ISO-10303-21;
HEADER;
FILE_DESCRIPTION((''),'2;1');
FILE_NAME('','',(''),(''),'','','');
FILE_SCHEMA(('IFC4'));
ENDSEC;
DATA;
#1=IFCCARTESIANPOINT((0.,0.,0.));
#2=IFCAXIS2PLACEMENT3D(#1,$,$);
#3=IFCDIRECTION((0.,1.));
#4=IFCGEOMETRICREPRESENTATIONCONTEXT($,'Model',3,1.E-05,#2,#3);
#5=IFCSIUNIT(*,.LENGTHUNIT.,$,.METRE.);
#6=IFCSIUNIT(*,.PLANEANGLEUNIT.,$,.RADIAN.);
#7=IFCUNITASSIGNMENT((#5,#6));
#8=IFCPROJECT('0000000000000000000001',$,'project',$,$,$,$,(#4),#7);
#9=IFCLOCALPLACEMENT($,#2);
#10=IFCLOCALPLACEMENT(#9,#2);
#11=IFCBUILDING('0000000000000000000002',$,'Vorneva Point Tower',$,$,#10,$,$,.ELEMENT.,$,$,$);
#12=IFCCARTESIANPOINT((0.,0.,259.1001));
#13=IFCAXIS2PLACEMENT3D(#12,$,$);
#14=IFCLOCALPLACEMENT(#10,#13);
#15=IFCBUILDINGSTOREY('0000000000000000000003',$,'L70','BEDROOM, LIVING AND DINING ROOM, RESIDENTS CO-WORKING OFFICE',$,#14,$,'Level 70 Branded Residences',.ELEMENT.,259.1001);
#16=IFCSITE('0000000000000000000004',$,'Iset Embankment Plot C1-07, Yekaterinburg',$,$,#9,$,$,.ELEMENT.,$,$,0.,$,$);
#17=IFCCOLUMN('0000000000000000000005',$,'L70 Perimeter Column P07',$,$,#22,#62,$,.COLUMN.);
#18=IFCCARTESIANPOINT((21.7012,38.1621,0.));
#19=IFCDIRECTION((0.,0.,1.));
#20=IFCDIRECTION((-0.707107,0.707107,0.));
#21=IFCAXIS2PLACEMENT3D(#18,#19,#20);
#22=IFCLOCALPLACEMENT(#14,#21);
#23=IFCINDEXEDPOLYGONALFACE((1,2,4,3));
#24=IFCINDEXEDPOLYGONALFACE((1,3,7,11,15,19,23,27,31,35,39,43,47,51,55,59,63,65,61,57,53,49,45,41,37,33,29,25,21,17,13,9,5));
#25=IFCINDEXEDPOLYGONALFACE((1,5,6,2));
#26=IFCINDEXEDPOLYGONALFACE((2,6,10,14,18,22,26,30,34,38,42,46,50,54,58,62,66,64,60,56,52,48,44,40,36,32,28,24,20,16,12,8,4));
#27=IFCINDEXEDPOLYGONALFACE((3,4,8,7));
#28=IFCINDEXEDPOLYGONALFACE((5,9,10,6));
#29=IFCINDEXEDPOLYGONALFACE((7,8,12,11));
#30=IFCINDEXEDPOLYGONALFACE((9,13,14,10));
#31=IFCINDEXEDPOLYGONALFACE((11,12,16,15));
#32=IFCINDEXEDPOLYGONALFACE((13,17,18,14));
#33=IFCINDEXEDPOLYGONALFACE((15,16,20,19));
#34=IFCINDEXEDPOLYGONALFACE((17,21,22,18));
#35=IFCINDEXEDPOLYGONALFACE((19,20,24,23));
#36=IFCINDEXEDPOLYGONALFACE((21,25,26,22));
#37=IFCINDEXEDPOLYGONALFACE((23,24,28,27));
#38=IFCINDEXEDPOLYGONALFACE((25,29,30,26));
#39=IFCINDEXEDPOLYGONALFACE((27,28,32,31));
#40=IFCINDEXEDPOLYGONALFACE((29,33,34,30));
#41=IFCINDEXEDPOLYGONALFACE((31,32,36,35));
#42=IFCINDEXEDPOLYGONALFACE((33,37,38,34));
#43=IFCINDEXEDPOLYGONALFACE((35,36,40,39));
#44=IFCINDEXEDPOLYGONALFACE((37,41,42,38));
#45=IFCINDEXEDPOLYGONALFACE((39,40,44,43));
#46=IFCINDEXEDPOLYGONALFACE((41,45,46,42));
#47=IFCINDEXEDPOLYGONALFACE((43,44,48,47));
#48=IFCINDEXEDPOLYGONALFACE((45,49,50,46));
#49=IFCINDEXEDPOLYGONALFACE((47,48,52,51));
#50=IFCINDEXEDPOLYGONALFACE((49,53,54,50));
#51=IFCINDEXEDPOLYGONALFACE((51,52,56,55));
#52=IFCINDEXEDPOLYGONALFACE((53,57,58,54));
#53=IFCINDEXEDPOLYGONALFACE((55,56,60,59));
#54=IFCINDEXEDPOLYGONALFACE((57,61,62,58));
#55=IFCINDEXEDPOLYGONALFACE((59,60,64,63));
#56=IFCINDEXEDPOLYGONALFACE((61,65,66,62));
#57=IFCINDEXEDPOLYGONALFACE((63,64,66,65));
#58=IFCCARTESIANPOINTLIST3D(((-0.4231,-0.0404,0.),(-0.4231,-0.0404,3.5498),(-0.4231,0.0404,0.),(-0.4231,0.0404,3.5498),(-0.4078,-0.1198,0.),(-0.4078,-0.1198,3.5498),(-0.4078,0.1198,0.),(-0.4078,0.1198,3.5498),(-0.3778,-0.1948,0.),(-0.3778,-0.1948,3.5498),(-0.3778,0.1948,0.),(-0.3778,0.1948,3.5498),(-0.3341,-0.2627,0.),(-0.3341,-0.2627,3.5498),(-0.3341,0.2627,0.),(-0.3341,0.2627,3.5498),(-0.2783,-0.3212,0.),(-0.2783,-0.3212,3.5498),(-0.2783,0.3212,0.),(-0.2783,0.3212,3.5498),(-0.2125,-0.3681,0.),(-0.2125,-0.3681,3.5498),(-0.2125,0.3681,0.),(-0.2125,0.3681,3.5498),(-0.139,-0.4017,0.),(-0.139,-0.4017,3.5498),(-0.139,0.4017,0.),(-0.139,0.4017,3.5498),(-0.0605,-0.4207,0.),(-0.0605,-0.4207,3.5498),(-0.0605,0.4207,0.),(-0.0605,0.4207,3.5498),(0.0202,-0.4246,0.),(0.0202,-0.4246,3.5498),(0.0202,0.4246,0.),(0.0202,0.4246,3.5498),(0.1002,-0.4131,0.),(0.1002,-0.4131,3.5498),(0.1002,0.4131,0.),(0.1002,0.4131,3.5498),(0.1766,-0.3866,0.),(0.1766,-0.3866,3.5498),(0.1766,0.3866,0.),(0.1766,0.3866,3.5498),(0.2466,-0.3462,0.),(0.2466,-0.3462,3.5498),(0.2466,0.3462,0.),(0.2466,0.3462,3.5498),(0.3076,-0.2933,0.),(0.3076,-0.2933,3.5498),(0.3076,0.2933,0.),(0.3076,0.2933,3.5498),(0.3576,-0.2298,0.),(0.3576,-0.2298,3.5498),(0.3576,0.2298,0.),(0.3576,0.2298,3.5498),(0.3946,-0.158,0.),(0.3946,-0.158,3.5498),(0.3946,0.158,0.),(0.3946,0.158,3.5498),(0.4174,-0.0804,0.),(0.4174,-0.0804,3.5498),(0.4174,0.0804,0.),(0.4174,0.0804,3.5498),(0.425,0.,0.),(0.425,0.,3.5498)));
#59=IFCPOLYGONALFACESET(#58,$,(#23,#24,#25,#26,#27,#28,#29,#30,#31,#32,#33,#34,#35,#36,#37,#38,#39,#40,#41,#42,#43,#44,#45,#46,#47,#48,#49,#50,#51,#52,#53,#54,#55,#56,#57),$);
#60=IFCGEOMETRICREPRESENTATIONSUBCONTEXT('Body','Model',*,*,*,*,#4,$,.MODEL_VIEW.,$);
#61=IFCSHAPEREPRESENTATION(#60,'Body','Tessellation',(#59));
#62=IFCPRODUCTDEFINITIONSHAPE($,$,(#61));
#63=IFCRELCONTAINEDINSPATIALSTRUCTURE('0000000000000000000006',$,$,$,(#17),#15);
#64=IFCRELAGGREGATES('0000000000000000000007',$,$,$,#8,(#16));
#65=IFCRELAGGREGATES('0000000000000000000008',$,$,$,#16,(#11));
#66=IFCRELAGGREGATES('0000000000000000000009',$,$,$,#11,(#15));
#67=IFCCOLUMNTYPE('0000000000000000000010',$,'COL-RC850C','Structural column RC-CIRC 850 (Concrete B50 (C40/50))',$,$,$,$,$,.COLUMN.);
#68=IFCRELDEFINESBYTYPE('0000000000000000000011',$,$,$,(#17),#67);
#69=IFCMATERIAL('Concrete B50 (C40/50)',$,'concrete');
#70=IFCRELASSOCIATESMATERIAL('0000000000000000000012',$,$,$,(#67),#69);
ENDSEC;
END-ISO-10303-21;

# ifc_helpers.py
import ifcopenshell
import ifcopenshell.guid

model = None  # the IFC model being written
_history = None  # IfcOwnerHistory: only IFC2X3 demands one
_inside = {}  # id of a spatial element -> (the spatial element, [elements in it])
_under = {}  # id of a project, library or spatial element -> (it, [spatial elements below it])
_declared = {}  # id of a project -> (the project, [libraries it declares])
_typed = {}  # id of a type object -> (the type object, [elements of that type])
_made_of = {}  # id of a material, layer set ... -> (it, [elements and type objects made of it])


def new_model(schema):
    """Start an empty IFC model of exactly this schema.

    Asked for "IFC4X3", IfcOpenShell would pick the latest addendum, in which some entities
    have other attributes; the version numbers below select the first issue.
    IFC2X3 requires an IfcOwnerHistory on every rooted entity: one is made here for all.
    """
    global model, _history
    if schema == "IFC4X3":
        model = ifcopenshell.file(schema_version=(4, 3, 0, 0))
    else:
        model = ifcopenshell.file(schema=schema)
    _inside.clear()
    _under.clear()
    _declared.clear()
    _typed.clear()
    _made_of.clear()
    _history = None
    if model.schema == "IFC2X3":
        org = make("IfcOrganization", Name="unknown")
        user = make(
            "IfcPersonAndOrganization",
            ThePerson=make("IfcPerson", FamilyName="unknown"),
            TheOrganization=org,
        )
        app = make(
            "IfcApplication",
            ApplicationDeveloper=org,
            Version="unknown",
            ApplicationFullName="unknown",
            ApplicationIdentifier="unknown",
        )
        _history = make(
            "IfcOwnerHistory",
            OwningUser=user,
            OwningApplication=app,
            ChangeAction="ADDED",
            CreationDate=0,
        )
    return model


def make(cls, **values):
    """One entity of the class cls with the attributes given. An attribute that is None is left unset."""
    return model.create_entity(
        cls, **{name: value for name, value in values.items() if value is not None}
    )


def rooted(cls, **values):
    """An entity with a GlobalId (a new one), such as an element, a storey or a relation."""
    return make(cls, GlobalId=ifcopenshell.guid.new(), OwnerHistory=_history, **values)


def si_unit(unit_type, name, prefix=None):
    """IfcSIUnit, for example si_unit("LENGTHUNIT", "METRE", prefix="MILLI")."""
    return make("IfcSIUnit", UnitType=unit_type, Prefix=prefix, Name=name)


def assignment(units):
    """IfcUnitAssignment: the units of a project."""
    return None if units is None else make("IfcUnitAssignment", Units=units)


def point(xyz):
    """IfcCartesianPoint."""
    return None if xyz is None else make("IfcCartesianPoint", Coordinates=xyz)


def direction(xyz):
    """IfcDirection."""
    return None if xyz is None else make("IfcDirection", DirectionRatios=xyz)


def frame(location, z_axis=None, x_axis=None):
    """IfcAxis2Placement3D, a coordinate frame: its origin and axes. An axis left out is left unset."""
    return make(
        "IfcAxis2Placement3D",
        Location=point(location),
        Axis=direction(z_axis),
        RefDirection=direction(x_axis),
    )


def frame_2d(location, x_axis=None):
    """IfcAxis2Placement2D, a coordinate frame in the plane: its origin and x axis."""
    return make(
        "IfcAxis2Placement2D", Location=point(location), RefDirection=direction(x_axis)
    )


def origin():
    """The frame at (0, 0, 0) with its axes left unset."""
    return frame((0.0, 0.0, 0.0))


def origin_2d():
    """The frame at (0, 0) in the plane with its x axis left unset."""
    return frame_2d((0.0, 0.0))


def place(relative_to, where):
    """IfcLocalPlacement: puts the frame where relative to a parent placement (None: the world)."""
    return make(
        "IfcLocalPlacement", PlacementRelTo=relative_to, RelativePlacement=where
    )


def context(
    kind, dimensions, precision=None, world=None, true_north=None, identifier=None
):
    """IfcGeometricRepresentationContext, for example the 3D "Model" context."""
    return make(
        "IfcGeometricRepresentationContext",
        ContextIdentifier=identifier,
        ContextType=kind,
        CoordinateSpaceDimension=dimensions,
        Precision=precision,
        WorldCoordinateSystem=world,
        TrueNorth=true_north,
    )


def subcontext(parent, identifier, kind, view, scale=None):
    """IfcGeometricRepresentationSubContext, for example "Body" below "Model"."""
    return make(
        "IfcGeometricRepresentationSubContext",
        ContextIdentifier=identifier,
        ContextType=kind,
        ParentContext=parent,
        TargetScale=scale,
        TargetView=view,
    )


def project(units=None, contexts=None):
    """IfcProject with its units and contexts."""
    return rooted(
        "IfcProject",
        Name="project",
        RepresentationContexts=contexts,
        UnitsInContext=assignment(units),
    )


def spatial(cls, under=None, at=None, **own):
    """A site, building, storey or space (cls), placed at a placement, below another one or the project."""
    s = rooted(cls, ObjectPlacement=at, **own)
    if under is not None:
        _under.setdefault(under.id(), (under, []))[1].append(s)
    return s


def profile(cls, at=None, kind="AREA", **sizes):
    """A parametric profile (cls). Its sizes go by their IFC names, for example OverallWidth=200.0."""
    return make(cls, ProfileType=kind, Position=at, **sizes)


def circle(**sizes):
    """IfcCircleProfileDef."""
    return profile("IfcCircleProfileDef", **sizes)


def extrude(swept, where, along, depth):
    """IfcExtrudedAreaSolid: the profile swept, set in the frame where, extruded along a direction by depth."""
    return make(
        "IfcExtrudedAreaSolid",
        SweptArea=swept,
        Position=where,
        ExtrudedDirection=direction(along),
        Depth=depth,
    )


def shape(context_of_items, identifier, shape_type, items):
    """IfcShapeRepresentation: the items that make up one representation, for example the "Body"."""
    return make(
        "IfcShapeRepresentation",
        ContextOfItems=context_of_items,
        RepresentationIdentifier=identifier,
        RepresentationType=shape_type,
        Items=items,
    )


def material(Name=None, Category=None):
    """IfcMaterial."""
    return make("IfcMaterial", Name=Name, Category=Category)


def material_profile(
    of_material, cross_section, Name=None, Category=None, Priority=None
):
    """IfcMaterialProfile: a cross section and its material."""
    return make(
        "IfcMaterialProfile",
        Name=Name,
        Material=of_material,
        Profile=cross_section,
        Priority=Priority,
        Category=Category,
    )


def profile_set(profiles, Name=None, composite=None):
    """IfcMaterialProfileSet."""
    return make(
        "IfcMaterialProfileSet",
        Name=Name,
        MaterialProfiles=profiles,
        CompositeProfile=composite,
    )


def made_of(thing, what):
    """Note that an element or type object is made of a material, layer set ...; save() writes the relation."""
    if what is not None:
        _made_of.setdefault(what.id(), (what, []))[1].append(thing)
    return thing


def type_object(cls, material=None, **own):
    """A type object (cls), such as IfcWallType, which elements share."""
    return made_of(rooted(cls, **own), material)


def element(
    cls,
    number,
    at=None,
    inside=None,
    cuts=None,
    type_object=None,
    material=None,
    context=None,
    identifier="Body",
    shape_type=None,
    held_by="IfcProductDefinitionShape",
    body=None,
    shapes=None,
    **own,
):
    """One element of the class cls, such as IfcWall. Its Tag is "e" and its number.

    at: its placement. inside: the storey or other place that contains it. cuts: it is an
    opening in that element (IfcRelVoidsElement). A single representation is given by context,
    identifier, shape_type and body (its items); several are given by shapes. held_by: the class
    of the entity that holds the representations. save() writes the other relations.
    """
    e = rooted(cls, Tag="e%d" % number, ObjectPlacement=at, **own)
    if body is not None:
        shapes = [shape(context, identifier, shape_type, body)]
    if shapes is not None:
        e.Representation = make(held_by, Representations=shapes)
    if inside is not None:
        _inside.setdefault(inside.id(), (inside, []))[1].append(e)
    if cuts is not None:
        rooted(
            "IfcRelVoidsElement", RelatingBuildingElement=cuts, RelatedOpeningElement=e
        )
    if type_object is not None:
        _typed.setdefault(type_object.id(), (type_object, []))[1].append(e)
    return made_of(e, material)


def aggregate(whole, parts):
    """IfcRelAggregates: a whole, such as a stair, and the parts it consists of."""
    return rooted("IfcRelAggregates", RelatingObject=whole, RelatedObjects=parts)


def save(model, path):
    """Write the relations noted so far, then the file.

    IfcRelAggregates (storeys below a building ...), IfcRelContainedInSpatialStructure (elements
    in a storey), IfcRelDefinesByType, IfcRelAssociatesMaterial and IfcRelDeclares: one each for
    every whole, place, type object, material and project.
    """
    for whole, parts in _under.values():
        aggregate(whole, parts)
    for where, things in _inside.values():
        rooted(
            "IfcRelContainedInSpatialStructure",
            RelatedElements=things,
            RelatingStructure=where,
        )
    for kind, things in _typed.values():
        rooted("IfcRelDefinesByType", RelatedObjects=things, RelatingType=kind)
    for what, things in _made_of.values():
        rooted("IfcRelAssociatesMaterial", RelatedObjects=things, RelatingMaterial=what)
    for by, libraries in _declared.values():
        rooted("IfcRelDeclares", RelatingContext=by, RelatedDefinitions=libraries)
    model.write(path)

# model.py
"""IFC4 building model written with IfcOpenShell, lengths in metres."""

from ifc_helpers import new_model, si_unit, direction, frame, origin, origin_2d, place, context, subcontext, project, spatial, circle, extrude, material, material_profile, profile_set, type_object, element, save


model = new_model("IFC4")

# Units and contexts
model_context = context("Model", 3, precision=1e-05, world=origin(), true_north=direction((0.0, 1.0)))
body_context = subcontext(model_context, "Body", "Model", "MODEL_VIEW")
ifc_project = project(units=[si_unit("LENGTHUNIT", "METRE"), si_unit("PLANEANGLEUNIT", "RADIAN")], contexts=[model_context])

# Site, building, storey
site_placement = place(None, origin())
site = spatial("IfcSite", under=ifc_project, at=site_placement, Name="Iset Embankment Plot C1-07, Yekaterinburg", CompositionType="ELEMENT", RefElevation=0.0)
building_placement = place(site_placement, origin())
building = spatial("IfcBuilding", under=site, at=building_placement, Name="Vorneva Point Tower", CompositionType="ELEMENT")
storey_placement = place(building_placement, frame((0.0, 0.0, 259.1001)))
storey = spatial("IfcBuildingStorey", under=building, at=storey_placement, Name="L70", Description="BEDROOM, LIVING AND DINING ROOM, RESIDENTS CO-WORKING OFFICE", LongName="Level 70 Branded Residences", CompositionType="ELEMENT", Elevation=259.1001)

# Column
ifc_material_1 = material(Name="Concrete B50 (C40/50)", Category="concrete")
ifc_material_profile_1 = material_profile(ifc_material_1, circle(Radius=0.425, at=origin_2d()), Name="RC-CIRC 850")
ifc_profile_set_1 = profile_set([ifc_material_profile_1], Name="Concrete B50 (C40/50)")
column_type_1 = type_object("IfcColumnType", Name="COL-RC850C", Description="Structural column RC-CIRC 850 (Concrete B50 (C40/50))", PredefinedType="COLUMN", material=ifc_profile_set_1)
column_placement = place(storey_placement, frame((21.7012, 38.1621, 0.0), z_axis=(0.0, 0.0, 1.0), x_axis=(-0.707107, 0.707107, 0.0)))
element("IfcColumn", 1, at=column_placement, inside=storey, type_object=column_type_1, Name="L70 Perimeter Column P07", PredefinedType="COLUMN", context=body_context, shape_type="SweptSolid", body=[
    extrude(circle(Radius=0.425, at=origin_2d()), origin(), (0.0, 0.0, 1.0), 3.5498),
])

save(model, "model.ifc")
